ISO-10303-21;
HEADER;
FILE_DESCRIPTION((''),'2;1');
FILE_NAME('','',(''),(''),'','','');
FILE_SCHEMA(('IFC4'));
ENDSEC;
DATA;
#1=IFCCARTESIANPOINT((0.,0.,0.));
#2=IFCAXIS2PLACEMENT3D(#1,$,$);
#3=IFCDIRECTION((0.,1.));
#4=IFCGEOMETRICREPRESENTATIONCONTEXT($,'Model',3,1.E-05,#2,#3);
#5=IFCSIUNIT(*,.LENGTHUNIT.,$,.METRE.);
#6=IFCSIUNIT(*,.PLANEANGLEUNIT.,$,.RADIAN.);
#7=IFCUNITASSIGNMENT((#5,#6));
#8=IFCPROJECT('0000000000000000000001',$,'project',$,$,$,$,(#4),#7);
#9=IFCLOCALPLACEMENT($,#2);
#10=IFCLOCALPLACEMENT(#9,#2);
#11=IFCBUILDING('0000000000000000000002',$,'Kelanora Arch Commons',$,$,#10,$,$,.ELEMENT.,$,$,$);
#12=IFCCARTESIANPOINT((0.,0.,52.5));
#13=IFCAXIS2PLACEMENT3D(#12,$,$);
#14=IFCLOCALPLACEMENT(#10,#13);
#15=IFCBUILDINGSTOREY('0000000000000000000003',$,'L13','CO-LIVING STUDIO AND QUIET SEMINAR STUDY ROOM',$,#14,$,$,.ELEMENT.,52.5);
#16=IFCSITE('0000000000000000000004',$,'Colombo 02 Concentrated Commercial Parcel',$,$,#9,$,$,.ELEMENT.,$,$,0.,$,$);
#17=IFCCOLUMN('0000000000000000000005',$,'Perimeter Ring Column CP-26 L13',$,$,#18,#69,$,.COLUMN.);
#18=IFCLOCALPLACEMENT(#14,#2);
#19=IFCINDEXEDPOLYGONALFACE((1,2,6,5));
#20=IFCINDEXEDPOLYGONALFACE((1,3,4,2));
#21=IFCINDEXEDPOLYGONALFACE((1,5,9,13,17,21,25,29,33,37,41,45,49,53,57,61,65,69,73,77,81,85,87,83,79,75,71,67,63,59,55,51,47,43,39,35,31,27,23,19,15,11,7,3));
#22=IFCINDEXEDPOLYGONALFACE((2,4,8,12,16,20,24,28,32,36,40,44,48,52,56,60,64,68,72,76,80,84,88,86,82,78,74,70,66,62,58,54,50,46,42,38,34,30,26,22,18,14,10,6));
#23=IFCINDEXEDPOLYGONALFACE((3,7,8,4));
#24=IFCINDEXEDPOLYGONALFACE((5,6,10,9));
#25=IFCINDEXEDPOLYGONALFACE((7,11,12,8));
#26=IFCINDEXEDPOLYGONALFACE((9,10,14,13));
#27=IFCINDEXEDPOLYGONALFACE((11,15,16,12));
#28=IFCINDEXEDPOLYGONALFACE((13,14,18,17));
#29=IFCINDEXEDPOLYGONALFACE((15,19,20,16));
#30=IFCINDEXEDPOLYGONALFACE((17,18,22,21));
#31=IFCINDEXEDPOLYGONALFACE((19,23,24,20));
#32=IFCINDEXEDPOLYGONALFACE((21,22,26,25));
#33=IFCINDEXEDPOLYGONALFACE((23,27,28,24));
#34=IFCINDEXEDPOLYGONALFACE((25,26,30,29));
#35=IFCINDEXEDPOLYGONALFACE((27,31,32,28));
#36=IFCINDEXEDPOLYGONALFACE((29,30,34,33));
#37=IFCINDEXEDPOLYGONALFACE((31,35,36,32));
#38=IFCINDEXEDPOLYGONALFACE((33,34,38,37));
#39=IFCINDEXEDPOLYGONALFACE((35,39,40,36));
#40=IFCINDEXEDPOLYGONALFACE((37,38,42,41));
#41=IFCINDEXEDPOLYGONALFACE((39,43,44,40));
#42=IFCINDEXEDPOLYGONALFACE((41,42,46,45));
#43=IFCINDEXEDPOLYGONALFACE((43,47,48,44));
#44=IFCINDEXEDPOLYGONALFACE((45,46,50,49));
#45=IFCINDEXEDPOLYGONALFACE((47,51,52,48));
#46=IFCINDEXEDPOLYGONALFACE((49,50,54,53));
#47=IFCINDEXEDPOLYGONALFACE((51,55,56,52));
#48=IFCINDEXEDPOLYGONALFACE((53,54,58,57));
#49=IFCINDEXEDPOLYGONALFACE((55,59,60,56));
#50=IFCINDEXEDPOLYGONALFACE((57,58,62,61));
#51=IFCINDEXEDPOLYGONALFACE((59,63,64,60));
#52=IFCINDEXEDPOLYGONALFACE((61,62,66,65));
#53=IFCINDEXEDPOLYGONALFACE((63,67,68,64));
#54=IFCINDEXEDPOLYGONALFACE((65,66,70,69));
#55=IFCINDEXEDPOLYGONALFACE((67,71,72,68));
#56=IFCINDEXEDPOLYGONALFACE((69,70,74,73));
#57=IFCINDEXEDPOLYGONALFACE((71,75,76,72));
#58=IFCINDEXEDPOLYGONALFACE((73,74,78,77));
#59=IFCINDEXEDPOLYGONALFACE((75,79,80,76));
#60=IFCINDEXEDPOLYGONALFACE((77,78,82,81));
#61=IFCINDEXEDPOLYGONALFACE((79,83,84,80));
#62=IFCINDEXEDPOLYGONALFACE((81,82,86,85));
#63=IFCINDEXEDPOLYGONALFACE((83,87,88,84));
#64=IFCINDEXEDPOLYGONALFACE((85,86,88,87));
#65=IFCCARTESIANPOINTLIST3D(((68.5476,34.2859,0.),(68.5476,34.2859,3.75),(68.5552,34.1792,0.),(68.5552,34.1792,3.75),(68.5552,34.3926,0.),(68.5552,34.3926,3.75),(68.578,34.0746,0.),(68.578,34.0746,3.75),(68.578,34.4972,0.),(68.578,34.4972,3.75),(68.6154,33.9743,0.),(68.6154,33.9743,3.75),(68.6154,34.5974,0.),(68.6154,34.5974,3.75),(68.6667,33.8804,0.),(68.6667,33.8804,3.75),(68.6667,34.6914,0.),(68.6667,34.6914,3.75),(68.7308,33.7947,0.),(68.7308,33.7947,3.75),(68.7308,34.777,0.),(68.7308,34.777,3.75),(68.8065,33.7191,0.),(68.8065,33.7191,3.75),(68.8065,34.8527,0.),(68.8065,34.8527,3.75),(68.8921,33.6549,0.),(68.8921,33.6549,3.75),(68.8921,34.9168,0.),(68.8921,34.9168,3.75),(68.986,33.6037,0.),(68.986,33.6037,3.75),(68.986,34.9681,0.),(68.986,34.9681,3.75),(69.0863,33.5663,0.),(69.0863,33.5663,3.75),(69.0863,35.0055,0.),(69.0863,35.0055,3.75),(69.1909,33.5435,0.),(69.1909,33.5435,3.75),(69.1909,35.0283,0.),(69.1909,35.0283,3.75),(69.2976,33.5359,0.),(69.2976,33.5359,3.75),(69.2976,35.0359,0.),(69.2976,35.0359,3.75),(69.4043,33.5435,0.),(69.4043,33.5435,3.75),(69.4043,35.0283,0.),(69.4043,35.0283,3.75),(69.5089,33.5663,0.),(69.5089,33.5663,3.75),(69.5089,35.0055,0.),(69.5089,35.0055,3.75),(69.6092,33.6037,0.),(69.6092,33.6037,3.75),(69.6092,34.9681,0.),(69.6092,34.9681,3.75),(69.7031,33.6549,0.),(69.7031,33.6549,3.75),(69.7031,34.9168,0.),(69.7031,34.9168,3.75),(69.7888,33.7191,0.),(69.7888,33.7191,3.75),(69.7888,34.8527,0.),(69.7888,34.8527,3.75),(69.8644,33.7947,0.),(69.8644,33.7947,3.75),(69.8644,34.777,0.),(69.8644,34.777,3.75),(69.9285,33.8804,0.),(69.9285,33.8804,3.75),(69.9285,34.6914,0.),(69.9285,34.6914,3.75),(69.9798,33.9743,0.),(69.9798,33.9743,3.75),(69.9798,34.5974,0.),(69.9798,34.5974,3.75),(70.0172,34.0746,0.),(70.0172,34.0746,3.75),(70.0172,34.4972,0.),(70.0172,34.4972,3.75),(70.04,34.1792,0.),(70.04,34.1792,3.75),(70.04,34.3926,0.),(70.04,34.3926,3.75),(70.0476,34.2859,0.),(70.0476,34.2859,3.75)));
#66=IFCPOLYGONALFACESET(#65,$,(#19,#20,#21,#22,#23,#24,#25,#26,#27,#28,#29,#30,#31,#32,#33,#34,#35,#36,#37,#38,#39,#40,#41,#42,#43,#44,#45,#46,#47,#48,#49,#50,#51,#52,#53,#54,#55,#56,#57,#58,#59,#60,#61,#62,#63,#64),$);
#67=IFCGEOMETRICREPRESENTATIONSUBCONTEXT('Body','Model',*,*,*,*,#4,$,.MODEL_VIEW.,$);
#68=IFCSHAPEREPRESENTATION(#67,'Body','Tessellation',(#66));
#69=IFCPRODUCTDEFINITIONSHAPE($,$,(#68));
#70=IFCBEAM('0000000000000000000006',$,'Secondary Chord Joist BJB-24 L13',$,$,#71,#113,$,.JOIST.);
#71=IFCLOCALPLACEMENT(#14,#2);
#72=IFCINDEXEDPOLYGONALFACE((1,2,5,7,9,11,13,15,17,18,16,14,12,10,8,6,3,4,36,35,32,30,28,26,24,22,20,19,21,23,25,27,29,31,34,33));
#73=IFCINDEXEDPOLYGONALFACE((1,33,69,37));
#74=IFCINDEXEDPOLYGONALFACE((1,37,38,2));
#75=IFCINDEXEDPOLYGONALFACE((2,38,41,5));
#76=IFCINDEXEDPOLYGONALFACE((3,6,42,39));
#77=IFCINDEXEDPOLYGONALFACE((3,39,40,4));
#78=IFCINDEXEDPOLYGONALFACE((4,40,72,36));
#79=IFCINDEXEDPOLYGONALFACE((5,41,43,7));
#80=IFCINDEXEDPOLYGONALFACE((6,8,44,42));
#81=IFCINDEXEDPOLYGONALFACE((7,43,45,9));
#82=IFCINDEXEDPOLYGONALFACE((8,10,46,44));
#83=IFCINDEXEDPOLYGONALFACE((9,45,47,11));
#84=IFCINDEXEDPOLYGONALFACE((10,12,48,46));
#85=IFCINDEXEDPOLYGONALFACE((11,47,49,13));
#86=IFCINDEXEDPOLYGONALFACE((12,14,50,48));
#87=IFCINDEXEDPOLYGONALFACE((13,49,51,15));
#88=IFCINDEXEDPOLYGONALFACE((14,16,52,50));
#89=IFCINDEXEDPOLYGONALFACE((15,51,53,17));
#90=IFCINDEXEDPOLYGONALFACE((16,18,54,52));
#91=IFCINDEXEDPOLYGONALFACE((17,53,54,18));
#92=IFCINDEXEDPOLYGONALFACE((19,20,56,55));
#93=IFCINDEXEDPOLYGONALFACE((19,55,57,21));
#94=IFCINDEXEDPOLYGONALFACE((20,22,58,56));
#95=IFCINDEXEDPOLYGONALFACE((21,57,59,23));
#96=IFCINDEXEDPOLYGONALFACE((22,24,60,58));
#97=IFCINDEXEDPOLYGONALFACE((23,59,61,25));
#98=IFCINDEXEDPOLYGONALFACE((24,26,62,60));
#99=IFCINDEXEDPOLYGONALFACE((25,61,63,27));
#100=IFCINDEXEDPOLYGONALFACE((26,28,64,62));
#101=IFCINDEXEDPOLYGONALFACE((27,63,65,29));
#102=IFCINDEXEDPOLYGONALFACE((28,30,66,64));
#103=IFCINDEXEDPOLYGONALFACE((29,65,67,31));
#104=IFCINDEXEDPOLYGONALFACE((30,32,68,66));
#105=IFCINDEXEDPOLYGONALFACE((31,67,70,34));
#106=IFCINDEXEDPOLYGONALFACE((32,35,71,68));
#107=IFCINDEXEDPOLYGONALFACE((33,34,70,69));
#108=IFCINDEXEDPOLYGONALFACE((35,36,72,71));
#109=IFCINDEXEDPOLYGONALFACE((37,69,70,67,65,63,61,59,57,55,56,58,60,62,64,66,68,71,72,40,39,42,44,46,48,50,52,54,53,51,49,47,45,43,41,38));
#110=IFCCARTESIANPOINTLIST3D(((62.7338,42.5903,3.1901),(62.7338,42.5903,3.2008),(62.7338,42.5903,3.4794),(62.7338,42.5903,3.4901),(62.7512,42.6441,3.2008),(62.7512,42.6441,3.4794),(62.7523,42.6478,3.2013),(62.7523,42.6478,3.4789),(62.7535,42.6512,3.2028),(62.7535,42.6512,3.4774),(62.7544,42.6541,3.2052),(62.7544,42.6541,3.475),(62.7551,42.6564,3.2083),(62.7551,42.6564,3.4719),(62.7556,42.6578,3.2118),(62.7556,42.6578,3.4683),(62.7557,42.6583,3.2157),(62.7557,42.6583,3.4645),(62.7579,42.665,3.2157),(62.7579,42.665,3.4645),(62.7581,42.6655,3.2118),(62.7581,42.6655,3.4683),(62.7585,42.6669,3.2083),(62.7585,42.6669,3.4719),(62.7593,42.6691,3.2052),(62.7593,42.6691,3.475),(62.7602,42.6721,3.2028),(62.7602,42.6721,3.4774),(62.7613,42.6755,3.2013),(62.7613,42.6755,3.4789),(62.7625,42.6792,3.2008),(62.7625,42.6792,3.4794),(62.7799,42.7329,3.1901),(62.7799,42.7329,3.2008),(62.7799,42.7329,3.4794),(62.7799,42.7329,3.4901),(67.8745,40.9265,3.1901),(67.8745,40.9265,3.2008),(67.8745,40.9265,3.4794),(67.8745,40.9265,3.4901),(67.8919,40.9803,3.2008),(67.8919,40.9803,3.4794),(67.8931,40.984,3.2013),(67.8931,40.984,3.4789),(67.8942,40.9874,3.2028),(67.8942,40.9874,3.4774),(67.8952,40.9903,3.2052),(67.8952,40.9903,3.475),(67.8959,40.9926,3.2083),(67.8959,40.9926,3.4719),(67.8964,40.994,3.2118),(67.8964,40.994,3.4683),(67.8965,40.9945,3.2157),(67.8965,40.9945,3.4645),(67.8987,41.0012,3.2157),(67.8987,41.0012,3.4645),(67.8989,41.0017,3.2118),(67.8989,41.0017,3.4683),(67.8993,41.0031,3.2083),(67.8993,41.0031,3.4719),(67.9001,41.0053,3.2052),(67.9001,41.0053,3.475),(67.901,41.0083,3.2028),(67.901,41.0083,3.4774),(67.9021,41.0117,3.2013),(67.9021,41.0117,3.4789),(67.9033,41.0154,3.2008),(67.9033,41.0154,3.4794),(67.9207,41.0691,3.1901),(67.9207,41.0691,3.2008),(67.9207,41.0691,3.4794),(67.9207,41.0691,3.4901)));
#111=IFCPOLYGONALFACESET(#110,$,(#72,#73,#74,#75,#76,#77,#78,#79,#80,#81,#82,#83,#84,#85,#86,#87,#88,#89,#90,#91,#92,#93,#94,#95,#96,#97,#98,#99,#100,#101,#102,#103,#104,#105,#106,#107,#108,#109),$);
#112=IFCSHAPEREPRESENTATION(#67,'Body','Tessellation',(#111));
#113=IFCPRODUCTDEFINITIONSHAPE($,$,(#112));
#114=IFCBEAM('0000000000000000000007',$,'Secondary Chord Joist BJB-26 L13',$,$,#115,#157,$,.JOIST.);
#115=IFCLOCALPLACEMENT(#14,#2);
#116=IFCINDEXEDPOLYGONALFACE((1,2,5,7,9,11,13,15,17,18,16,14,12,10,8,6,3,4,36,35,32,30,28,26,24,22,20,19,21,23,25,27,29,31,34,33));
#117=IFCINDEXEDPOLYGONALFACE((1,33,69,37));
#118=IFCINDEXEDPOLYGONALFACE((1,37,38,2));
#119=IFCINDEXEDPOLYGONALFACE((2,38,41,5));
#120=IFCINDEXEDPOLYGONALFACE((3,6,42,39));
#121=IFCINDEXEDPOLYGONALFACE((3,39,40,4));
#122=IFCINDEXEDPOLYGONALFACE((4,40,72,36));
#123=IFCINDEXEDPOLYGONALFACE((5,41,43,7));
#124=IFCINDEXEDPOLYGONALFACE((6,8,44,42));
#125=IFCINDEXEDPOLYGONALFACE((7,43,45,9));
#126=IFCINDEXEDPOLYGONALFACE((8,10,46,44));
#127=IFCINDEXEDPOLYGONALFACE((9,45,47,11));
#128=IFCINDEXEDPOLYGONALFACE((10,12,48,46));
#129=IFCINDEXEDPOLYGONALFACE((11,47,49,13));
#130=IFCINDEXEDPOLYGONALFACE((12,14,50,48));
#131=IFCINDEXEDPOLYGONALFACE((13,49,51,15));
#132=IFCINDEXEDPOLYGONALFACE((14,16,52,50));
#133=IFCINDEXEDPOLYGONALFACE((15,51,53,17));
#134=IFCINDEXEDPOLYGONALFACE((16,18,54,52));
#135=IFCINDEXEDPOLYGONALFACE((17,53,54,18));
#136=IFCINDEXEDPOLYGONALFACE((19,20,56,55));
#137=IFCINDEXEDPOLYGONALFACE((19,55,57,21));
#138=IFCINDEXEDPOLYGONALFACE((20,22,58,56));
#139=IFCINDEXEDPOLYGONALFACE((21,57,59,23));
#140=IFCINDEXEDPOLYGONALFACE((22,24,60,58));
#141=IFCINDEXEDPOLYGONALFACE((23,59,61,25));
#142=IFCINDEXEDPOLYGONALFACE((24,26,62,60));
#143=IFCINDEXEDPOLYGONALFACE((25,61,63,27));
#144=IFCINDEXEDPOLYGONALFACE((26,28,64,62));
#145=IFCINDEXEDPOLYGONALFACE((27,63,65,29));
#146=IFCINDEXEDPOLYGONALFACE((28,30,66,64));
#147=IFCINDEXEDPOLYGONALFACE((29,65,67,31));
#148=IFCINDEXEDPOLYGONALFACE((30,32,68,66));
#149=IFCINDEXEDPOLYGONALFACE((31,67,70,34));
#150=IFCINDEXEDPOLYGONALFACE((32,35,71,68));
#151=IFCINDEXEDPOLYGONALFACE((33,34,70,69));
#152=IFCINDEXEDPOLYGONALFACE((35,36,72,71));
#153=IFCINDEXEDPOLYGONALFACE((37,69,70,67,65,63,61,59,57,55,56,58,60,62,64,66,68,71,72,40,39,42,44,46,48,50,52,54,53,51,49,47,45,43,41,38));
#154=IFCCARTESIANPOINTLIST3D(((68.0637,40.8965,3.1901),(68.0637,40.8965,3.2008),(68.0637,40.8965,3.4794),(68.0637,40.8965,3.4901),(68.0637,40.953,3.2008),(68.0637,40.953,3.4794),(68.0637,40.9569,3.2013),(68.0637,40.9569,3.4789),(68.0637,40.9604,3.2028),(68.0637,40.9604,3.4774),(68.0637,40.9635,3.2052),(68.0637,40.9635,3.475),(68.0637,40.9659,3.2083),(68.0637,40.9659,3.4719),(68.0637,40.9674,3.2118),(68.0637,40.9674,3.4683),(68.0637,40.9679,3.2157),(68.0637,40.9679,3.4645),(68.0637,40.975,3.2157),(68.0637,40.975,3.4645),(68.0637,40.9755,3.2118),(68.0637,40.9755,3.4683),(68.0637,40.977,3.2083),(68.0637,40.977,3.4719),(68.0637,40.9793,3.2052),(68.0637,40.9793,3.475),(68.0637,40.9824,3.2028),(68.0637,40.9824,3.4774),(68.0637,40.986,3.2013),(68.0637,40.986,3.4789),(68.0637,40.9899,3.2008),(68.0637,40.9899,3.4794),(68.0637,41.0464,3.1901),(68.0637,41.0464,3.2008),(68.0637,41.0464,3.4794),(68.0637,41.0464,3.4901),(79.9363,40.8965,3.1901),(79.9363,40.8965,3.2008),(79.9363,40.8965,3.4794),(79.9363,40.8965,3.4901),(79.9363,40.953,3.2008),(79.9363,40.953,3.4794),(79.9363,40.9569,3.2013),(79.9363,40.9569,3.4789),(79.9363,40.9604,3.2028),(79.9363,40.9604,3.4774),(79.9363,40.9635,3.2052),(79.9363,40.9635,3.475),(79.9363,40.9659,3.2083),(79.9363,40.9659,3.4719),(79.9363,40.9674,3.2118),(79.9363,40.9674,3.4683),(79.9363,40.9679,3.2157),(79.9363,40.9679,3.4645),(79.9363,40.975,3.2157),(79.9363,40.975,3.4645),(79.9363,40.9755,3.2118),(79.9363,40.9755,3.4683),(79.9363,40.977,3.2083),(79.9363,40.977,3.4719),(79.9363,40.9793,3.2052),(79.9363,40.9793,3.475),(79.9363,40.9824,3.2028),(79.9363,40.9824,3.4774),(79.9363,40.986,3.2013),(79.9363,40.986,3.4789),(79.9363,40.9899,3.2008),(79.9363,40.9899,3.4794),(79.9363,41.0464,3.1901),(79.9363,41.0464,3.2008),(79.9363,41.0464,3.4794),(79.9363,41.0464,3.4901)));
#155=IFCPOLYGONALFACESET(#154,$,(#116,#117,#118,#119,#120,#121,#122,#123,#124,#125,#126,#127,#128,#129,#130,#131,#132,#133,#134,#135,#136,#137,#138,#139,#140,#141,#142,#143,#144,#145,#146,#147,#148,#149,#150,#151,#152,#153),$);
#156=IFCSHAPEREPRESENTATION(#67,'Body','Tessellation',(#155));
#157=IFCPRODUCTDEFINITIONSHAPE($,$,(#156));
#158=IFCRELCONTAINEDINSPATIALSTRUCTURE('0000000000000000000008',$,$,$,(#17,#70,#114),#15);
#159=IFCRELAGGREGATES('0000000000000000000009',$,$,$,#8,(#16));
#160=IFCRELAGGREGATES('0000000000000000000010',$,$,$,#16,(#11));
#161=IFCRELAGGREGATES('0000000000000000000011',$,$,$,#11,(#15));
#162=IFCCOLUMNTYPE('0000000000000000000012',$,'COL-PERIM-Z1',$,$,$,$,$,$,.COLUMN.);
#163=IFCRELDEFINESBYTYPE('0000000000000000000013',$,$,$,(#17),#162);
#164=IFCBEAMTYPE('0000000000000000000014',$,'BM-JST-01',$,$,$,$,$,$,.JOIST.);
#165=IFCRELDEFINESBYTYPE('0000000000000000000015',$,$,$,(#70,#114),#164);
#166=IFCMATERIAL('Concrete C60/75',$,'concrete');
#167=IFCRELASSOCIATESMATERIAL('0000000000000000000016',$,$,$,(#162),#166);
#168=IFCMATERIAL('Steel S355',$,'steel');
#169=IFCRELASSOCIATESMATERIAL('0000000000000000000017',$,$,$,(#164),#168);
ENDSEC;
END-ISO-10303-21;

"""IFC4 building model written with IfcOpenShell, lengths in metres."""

from ifc_helpers import new_model, si_unit, direction, frame, origin, origin_2d, place, context, subcontext, project, spatial, circle, i_section, extrude, material, material_profile, profile_set, type_object, element, save


model = new_model("IFC4")

# Units and contexts
model_context = context("Model", 3, precision=1e-05, world=origin(), true_north=direction((0.0, 1.0)))
body_context = subcontext(model_context, "Body", "Model", "MODEL_VIEW")
ifc_project = project(units=[si_unit("LENGTHUNIT", "METRE"), si_unit("PLANEANGLEUNIT", "RADIAN")], contexts=[model_context])

# Site, building, storey
site_placement = place(None, origin())
site = spatial("IfcSite", under=ifc_project, at=site_placement, Name="Colombo 02 Concentrated Commercial Parcel", CompositionType="ELEMENT", RefElevation=0.0)
building_placement = place(site_placement, origin())
building = spatial("IfcBuilding", under=site, at=building_placement, Name="Kelanora Arch Commons", CompositionType="ELEMENT")
storey_placement = place(building_placement, frame((0.0, 0.0, 52.5)))
storey = spatial("IfcBuildingStorey", under=building, at=storey_placement, Name="L13", Description="CO-LIVING STUDIO AND QUIET SEMINAR STUDY ROOM", CompositionType="ELEMENT", Elevation=52.5)

# Column
ifc_material_1 = material(Name="Concrete C60/75", Category="concrete")
ifc_material_profile_1 = material_profile(ifc_material_1, circle(Radius=0.75, at=origin_2d()), Name="RCC1500")
ifc_profile_set_1 = profile_set([ifc_material_profile_1], Name="Concrete C60/75")
column_type = type_object("IfcColumnType", Name="COL-PERIM-Z1", PredefinedType="COLUMN", material=ifc_profile_set_1)
column_placement = place(storey_placement, frame((69.2976, 34.2859, 0.0), z_axis=(0.0, 0.0, 1.0), x_axis=(1.0, 0.0, 0.0)))
element("IfcColumn", 1, at=column_placement, inside=storey, type_object=column_type, Name="Perimeter Ring Column CP-26 L13", PredefinedType="COLUMN", context=body_context, shape_type="SweptSolid", body=[
    extrude(circle(Radius=0.75, at=origin_2d()), origin(), (0.0, 0.0, 1.0), 3.75),
])

# Beams
ifc_material_2 = material(Name="Steel S355", Category="steel")
ifc_material_profile_2 = material_profile(ifc_material_2, i_section(OverallWidth=0.1499, OverallDepth=0.3, WebThickness=0.0071, FlangeThickness=0.0107, FilletRadius=0.0149, at=origin_2d()), Name="IPE300")
ifc_profile_set_2 = profile_set([ifc_material_profile_2], Name="Steel S355")
beam_type_1 = type_object("IfcBeamType", Name="BM-JST-01", PredefinedType="JOIST", material=ifc_profile_set_2)
beam_1_placement = place(storey_placement, frame((62.7568, 42.6616, 3.3401), z_axis=(0.951412, -0.30792, 0.0), x_axis=(0.30792, 0.951412, 0.0)))
element("IfcBeam", 2, at=beam_1_placement, inside=storey, type_object=beam_type_1, Name="Secondary Chord Joist BJB-24 L13", PredefinedType="JOIST", context=body_context, shape_type="SweptSolid", body=[
    extrude(i_section(OverallWidth=0.1499, OverallDepth=0.3, WebThickness=0.0071, FlangeThickness=0.0107, FilletRadius=0.0149, at=origin_2d()), origin(), (0.0, 0.0, 1.0), 5.4033),
])
beam_2_placement = place(storey_placement, frame((68.0637, 40.9714, 3.3401), z_axis=(1.0, 0.0, 0.0), x_axis=(0.0, 1.0, 0.0)))
element("IfcBeam", 3, at=beam_2_placement, inside=storey, type_object=beam_type_1, Name="Secondary Chord Joist BJB-26 L13", PredefinedType="JOIST", context=body_context, shape_type="SweptSolid", body=[
    extrude(i_section(OverallWidth=0.1499, OverallDepth=0.3, WebThickness=0.0071, FlangeThickness=0.0107, FilletRadius=0.0149, at=origin_2d()), origin(), (0.0, 0.0, 1.0), 11.8726),
])

save(model, "model.ifc")
